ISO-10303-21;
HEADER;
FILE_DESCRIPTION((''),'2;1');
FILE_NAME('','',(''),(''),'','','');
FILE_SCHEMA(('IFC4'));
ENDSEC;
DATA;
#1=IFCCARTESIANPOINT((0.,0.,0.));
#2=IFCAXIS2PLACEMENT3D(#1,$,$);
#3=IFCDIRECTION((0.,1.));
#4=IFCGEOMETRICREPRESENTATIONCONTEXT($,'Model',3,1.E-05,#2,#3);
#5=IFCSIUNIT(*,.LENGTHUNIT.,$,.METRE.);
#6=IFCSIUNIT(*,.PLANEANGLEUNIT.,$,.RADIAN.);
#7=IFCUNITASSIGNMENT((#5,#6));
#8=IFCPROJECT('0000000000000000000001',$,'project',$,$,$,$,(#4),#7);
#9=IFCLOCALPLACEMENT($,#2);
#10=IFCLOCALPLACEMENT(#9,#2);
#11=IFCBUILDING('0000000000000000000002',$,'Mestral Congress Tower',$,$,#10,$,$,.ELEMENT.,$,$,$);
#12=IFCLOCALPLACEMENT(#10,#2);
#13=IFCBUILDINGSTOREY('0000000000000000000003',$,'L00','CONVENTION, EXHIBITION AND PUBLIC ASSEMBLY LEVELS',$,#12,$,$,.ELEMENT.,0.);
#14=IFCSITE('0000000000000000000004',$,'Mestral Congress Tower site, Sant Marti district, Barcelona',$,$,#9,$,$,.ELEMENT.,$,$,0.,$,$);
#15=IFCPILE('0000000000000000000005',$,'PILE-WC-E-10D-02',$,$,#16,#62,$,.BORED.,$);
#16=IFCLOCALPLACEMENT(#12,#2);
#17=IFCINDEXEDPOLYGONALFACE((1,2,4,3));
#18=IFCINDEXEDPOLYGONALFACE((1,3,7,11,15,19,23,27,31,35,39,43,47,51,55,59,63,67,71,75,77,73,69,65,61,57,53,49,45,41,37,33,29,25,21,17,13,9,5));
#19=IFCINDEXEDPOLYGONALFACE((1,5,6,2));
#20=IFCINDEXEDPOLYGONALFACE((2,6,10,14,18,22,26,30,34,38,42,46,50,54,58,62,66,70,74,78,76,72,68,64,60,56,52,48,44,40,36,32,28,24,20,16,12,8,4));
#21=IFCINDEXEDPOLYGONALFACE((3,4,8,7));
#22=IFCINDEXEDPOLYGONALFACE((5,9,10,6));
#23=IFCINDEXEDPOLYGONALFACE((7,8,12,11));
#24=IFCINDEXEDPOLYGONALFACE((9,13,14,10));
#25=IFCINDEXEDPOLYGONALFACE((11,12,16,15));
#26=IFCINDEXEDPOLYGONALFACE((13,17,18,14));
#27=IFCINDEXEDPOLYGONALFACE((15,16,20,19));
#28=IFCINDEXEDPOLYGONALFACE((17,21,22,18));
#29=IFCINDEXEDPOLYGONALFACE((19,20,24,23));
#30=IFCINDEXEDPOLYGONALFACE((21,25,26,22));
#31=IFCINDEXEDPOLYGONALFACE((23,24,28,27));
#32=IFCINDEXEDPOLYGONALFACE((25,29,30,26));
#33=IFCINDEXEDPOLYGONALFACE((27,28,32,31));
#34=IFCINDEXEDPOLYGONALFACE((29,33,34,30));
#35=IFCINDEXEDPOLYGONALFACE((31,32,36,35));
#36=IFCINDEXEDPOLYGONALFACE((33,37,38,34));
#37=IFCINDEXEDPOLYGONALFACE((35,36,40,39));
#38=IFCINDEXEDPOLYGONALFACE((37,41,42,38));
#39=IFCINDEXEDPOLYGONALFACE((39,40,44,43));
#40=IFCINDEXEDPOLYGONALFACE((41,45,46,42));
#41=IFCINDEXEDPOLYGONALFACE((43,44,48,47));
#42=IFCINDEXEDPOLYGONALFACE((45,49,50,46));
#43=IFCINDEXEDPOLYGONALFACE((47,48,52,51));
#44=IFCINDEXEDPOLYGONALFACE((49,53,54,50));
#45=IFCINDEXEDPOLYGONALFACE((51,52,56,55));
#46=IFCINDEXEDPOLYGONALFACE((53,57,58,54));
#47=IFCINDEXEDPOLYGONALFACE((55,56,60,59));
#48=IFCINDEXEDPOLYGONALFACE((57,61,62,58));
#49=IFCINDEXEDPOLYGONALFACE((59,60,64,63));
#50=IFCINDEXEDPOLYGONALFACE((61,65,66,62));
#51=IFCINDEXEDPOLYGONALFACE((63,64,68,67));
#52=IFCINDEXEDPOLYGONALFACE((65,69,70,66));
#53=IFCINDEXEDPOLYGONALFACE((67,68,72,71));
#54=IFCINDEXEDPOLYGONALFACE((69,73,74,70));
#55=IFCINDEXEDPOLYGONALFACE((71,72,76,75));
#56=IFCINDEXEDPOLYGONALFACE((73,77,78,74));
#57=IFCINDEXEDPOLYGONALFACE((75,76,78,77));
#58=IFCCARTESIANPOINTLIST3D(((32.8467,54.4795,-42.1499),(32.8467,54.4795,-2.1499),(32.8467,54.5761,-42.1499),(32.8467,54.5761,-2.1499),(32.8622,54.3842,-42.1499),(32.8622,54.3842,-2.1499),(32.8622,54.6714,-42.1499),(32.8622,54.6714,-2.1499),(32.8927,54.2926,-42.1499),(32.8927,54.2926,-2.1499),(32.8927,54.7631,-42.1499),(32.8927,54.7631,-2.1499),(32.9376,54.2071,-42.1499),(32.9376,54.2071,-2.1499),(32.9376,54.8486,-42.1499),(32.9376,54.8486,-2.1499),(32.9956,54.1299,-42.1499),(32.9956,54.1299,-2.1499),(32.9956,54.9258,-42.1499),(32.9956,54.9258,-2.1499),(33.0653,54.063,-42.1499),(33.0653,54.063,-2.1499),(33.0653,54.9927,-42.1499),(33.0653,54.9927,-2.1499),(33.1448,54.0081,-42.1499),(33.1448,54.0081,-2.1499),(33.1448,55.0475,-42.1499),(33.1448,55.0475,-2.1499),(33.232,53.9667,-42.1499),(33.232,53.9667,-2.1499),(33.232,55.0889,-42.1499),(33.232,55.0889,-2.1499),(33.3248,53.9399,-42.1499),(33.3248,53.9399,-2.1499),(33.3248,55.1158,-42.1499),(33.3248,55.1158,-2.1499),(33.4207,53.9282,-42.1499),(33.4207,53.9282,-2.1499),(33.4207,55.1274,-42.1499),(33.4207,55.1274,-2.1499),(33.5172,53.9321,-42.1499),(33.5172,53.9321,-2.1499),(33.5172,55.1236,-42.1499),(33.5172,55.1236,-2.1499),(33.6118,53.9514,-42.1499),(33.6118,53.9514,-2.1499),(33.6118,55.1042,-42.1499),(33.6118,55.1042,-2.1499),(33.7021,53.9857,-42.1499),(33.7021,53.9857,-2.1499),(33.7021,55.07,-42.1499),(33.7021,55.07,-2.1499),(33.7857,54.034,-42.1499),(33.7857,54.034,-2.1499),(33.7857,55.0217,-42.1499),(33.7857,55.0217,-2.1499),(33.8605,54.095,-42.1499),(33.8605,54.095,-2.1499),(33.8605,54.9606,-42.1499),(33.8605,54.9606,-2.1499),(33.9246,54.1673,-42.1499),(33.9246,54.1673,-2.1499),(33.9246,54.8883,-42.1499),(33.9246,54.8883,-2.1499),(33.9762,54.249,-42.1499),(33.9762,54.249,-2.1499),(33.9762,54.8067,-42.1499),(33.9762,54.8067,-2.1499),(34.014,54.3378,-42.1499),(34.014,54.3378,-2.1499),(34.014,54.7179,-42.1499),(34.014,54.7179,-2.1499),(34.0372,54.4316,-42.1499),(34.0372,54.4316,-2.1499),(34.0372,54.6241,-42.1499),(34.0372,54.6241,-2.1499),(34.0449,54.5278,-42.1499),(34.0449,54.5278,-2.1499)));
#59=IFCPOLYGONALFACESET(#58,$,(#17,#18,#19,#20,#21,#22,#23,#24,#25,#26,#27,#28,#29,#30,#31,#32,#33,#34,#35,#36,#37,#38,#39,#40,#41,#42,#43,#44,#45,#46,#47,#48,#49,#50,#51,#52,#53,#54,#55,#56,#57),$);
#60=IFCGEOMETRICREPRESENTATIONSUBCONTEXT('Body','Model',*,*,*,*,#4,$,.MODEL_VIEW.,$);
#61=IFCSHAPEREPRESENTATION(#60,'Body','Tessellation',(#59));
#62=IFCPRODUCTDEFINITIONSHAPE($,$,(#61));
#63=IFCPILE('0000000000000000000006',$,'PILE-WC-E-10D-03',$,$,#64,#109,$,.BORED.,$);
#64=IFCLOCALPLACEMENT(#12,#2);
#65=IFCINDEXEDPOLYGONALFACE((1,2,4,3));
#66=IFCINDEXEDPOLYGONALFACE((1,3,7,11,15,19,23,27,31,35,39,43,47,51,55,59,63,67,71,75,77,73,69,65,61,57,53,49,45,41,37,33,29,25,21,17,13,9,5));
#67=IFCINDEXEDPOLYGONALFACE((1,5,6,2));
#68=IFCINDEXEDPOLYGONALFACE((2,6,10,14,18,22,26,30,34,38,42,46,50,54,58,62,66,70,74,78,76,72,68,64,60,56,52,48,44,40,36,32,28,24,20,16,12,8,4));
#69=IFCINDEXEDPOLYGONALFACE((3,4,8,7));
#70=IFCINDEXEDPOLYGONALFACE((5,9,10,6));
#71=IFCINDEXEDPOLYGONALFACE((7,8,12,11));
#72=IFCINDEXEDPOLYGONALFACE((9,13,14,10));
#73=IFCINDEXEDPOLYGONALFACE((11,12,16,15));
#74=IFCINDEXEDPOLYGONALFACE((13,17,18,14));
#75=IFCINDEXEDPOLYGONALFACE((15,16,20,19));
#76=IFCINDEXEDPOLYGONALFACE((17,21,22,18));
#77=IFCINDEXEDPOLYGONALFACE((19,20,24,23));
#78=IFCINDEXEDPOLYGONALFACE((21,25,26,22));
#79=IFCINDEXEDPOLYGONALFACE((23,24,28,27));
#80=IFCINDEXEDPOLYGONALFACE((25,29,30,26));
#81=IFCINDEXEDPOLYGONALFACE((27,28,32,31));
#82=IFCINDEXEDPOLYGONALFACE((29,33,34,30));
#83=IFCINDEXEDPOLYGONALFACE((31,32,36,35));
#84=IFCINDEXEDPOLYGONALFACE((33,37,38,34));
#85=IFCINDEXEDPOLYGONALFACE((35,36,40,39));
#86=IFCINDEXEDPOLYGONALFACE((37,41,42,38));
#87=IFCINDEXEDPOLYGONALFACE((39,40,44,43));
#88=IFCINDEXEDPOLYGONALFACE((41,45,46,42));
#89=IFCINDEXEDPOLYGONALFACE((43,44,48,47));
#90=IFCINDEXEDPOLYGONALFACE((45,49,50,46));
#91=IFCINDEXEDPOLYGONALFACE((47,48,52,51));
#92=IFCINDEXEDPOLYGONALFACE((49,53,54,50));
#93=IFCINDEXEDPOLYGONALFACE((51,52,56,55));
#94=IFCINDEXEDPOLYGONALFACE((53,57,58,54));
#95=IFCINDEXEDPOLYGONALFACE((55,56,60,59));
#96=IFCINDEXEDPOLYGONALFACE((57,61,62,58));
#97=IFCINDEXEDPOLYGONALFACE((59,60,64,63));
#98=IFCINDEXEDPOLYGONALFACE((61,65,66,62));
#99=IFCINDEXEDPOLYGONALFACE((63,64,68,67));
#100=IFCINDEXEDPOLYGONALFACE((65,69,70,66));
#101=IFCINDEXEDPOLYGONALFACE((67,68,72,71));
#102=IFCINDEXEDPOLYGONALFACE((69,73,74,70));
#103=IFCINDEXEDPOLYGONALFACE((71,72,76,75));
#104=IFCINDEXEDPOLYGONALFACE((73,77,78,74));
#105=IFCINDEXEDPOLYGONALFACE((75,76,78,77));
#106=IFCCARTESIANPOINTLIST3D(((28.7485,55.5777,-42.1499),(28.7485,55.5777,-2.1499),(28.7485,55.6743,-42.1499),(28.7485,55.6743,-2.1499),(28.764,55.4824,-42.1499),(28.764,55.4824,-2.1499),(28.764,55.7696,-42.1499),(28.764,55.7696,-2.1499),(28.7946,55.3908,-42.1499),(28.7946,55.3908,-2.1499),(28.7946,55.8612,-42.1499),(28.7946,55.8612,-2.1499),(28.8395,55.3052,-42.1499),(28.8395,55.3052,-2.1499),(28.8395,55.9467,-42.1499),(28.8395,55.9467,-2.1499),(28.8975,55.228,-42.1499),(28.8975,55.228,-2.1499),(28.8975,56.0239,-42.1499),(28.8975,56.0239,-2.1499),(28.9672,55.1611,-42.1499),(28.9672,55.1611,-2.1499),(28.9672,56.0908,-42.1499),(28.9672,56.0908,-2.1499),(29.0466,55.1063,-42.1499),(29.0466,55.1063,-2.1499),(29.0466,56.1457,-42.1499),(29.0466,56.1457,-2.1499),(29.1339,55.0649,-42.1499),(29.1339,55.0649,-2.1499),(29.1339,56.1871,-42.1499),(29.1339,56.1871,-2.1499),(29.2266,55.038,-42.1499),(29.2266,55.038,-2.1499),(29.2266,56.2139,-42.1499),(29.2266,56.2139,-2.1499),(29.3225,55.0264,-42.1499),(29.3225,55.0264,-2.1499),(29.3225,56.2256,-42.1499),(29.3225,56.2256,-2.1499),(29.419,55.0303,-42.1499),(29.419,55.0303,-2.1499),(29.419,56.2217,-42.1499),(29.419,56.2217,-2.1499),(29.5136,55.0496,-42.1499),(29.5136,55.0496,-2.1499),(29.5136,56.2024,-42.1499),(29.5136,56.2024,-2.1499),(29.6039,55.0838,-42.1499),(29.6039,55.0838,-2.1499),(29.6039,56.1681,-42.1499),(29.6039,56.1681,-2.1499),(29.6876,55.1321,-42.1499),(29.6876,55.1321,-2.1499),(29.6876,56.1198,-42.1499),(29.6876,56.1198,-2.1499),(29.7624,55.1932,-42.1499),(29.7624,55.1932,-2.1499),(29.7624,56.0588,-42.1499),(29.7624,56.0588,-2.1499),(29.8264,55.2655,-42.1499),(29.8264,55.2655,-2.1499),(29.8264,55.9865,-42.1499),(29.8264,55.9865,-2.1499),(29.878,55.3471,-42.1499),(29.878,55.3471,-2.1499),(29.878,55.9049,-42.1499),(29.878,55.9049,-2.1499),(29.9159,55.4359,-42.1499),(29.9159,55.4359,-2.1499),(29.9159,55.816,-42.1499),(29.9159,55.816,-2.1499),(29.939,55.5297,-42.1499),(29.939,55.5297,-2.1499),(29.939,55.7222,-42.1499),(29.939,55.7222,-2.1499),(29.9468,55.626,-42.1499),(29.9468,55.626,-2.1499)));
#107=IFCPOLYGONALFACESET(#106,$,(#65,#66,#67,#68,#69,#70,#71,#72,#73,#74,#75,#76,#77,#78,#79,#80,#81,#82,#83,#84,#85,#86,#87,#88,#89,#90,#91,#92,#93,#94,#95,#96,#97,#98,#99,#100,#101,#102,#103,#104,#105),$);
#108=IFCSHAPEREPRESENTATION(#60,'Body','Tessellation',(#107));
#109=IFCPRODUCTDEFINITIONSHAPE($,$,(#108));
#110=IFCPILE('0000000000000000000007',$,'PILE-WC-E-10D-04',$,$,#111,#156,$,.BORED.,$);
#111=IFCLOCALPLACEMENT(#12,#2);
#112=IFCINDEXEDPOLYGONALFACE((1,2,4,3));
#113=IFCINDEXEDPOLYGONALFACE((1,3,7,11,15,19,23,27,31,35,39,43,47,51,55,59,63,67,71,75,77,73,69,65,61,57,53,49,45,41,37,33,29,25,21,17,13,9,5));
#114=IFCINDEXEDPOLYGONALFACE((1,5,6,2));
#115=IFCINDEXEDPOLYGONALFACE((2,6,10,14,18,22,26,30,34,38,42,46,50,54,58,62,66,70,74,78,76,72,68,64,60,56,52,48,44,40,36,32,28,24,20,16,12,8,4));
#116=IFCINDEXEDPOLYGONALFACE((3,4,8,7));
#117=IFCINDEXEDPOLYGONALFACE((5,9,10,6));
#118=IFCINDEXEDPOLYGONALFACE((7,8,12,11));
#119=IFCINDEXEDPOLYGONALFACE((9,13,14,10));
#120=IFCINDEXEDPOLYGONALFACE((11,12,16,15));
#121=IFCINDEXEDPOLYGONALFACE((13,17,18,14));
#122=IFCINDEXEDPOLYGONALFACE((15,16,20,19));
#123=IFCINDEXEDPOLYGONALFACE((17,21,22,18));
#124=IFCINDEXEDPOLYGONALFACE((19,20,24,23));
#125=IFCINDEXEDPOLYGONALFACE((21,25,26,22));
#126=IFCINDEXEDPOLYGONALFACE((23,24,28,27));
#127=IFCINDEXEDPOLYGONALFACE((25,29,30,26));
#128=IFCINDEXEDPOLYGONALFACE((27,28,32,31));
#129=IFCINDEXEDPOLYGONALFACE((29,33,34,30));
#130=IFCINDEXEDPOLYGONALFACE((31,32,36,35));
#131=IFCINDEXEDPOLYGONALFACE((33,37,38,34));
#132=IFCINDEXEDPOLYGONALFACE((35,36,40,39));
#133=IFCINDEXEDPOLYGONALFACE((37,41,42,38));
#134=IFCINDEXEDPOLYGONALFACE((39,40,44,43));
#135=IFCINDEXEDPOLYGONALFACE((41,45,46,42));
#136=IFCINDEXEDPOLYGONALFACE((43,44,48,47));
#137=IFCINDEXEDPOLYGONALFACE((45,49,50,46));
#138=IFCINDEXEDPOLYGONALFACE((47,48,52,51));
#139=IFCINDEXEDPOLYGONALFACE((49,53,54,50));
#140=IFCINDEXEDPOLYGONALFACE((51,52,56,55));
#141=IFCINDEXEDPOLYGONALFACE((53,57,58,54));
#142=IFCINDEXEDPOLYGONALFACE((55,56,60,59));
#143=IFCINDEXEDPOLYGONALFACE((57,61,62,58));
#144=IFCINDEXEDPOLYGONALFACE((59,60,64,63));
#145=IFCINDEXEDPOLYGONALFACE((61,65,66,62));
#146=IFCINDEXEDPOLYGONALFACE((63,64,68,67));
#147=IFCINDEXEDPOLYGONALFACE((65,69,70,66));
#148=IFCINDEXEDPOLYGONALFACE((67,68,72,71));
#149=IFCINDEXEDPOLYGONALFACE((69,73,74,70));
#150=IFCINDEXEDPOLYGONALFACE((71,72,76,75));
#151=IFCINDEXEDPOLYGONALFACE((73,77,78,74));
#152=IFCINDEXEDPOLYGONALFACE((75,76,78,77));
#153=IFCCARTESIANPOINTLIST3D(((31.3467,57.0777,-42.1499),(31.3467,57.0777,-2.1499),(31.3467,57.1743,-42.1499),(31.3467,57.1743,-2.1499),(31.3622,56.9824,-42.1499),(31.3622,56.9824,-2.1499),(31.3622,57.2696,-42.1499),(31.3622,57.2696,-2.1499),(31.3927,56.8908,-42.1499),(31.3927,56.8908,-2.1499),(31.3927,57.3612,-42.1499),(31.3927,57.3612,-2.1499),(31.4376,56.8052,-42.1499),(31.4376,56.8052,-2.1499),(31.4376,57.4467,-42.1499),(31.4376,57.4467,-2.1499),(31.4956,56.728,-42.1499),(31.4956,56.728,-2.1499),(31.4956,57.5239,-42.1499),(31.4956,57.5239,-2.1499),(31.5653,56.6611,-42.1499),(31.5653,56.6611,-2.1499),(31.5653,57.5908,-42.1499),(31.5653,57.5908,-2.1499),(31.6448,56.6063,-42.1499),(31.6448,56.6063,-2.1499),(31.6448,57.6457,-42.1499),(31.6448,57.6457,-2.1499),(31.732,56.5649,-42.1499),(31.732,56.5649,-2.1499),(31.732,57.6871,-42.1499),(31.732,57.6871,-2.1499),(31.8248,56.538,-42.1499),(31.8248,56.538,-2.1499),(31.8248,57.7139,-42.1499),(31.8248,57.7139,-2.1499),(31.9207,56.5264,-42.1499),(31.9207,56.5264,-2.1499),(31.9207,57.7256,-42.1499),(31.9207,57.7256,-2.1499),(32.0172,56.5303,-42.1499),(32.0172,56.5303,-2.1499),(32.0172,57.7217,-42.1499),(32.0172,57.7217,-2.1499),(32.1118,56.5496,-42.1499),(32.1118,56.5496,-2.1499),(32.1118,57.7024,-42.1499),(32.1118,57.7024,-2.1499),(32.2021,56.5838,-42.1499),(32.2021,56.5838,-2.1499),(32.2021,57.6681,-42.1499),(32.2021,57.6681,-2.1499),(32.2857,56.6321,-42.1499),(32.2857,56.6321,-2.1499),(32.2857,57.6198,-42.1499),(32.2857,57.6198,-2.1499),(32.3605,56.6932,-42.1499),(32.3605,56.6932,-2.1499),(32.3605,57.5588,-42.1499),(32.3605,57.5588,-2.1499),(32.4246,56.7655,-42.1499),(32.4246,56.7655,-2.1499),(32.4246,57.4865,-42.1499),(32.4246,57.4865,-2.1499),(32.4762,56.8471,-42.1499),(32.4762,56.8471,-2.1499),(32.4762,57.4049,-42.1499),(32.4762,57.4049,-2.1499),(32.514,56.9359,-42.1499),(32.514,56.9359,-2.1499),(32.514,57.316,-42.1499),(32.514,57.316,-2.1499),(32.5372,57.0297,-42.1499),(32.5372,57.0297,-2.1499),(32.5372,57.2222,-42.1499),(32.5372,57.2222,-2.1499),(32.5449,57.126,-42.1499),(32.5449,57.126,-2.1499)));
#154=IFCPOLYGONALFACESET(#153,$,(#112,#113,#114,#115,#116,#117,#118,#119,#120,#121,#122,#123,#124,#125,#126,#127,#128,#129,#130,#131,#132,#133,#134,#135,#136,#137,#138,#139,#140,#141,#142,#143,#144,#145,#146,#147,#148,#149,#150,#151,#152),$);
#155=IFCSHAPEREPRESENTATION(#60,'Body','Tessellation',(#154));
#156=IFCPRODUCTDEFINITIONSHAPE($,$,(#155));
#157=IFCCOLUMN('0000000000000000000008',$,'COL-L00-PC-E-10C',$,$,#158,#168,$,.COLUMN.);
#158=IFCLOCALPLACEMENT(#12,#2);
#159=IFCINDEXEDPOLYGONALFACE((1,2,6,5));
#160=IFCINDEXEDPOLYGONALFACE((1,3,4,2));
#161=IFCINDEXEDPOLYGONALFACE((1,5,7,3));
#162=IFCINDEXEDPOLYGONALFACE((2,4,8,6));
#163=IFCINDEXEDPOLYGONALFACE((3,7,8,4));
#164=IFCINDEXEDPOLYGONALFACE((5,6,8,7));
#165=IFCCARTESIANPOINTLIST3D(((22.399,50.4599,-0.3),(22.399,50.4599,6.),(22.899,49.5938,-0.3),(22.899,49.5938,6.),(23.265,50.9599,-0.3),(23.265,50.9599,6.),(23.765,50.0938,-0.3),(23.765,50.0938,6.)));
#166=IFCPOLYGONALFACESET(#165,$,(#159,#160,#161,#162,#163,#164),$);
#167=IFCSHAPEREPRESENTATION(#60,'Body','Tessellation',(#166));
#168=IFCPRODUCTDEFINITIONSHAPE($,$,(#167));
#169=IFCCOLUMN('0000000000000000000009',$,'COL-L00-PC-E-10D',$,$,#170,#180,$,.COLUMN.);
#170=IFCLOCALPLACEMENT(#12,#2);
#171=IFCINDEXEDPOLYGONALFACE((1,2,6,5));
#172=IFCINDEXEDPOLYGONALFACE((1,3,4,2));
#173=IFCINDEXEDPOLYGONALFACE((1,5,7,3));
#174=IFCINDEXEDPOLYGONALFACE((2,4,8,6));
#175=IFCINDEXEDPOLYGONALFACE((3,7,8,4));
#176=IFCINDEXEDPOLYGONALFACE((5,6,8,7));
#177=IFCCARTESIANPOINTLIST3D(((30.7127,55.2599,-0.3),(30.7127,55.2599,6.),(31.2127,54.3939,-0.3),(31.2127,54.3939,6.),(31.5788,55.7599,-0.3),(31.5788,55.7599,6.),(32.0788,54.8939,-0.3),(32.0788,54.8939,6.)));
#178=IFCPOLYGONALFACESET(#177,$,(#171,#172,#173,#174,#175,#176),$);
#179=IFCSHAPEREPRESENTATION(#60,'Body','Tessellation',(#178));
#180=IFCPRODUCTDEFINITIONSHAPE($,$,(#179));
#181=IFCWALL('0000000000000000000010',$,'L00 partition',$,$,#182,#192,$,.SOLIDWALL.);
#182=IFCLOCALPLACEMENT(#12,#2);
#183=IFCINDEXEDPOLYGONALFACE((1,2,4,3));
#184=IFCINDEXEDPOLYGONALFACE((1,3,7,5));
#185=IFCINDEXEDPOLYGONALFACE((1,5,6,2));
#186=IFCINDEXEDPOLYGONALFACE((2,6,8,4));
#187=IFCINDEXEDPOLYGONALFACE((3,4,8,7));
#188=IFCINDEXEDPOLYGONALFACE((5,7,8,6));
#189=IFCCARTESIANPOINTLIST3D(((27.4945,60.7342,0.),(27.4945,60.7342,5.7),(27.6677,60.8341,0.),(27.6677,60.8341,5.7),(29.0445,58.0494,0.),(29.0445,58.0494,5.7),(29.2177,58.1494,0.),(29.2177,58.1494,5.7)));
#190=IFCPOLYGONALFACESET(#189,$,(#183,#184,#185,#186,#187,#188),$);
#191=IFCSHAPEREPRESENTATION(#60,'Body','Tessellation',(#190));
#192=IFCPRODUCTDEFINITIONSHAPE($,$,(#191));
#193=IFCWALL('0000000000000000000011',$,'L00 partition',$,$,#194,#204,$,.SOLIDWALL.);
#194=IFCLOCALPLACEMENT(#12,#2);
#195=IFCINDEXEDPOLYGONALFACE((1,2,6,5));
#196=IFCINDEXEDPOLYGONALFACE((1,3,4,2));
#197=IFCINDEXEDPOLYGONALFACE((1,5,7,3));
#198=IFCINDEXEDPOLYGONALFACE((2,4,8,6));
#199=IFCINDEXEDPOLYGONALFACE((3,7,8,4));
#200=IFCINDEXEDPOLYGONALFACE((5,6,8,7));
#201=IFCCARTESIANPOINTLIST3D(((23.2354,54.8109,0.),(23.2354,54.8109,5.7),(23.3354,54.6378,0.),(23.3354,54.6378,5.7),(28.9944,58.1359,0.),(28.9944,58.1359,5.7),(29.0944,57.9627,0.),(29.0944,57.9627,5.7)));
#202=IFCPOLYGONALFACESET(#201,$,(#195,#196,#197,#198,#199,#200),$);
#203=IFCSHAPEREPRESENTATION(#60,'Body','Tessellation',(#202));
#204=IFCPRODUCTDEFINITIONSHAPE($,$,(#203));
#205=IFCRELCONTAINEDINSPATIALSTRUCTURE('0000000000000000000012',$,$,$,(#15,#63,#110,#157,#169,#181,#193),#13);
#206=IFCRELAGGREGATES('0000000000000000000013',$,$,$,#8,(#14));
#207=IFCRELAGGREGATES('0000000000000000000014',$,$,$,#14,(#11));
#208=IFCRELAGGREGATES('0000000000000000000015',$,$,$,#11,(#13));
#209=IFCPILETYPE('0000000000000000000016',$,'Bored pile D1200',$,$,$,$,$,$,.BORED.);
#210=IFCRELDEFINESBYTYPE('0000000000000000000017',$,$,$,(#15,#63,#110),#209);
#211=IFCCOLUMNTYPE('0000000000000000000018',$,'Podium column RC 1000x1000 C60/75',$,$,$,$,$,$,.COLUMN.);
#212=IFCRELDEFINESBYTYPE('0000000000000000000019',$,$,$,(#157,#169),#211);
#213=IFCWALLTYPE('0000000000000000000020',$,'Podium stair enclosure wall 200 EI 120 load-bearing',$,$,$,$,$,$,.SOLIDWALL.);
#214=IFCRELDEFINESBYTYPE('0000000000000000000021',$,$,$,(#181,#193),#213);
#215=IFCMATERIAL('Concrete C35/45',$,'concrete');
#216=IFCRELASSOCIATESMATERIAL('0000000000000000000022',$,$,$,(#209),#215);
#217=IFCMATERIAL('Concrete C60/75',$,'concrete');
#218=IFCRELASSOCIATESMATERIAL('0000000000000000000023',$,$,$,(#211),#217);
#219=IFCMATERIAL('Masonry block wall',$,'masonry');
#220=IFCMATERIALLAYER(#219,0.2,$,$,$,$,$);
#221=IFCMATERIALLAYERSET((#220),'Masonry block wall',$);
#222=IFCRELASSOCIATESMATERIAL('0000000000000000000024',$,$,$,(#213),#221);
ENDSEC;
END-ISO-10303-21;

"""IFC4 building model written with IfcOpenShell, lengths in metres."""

from ifc_helpers import new_model, si_unit, direction, frame, frame_2d, origin, origin_2d, place, context, subcontext, project, spatial, rectangle, circle, extrude, material, layer, layer_set, material_profile, profile_set, type_object, element, save


model = new_model("IFC4")

# Units and contexts
model_context = context("Model", 3, precision=1e-05, world=origin(), true_north=direction((0.0, 1.0)))
body_context = subcontext(model_context, "Body", "Model", "MODEL_VIEW")
ifc_project = project(units=[si_unit("LENGTHUNIT", "METRE"), si_unit("PLANEANGLEUNIT", "RADIAN")], contexts=[model_context])

# Site, building, storey
site_placement = place(None, origin())
site = spatial("IfcSite", under=ifc_project, at=site_placement, Name="Mestral Congress Tower site, Sant Marti district, Barcelona", CompositionType="ELEMENT", RefElevation=0.0)
building_placement = place(site_placement, origin())
building = spatial("IfcBuilding", under=site, at=building_placement, Name="Mestral Congress Tower", CompositionType="ELEMENT")
storey_placement = place(building_placement, origin())
storey = spatial("IfcBuildingStorey", under=building, at=storey_placement, Name="L00", Description="CONVENTION, EXHIBITION AND PUBLIC ASSEMBLY LEVELS", CompositionType="ELEMENT", Elevation=0.0)

# Piles
ifc_material_1 = material(Name="Concrete C35/45", Category="concrete")
ifc_material_profile_1 = material_profile(ifc_material_1, circle(Radius=0.6001, at=origin_2d()), Name="D1200")
ifc_profile_set_1 = profile_set([ifc_material_profile_1], Name="Concrete C35/45")
pile_type = type_object("IfcPileType", Name="Bored pile D1200", PredefinedType="BORED", material=ifc_profile_set_1)
for number, where, z_axis, x_axis, name in (
    (1, (33.4448, 54.5278, -2.1499), (0.0, 0.0, -1.0), (1.0, 0.0, 0.0), "PILE-WC-E-10D-02"),
    (2, (29.3467, 55.626, -2.1499), (0.0, 0.0, -1.0), (1.0, 0.0, 0.0), "PILE-WC-E-10D-03"),
    (3, (31.9448, 57.126, -2.1499), (0.0, 0.0, -1.0), (1.0, 0.0, 0.0), "PILE-WC-E-10D-04"),
):
    element("IfcPile", number, at=place(storey_placement, frame(where, z_axis=z_axis, x_axis=x_axis)), inside=storey, type_object=pile_type, Name=name, PredefinedType="BORED", context=body_context, shape_type="SweptSolid", body=[
        extrude(circle(Radius=0.6001, at=origin_2d()), origin(), (0.0, 0.0, 1.0), 40.0),
    ])

# Columns
ifc_material_2 = material(Name="Concrete C60/75", Category="concrete")
ifc_material_profile_2 = material_profile(ifc_material_2, rectangle(XDim=1.0, YDim=1.0, at=origin_2d()), Name="RC 1000x1000")
ifc_profile_set_2 = profile_set([ifc_material_profile_2], Name="Concrete C60/75")
column_type = type_object("IfcColumnType", Name="Podium column RC 1000x1000 C60/75", PredefinedType="COLUMN", material=ifc_profile_set_2)
for number, where, z_axis, x_axis, name in (
    (4, (23.082, 50.2769, -0.3), (0.0, 0.0, 1.0), (-0.5, 0.866025, 0.0), "COL-L00-PC-E-10C"),
    (5, (31.3958, 55.0769, -0.3), (0.0, 0.0, 1.0), (-0.5, 0.866025, 0.0), "COL-L00-PC-E-10D"),
):
    element("IfcColumn", number, at=place(storey_placement, frame(where, z_axis=z_axis, x_axis=x_axis)), inside=storey, type_object=column_type, Name=name, PredefinedType="COLUMN", context=body_context, shape_type="SweptSolid", body=[
        extrude(rectangle(XDim=1.0, YDim=1.0, at=origin_2d()), origin(), (0.0, 0.0, 1.0), 6.3),
    ])

# Walls
ifc_material_3 = material(Name="Masonry block wall", Category="masonry")
ifc_layer_1 = layer(ifc_material_3, 0.2)
ifc_layer_set_1 = layer_set([ifc_layer_1], Name="Masonry block wall")
wall_type_1 = type_object("IfcWallType", Name="Podium stair enclosure wall 200 EI 120 load-bearing", PredefinedType="SOLIDWALL", material=ifc_layer_set_1)
wall_1_placement = place(storey_placement, frame((29.1311, 58.0994, 0.0), z_axis=(0.0, 0.0, 1.0), x_axis=(-0.499993, 0.86603, 0.0)))
element("IfcWall", 6, at=wall_1_placement, inside=storey, type_object=wall_type_1, Name="L00 partition", PredefinedType="SOLIDWALL", context=body_context, shape_type="SweptSolid", body=[
    extrude(rectangle(XDim=3.1001, YDim=0.2, at=frame_2d((1.55, 0.0))), origin(), (0.0, 0.0, 1.0), 5.7),
])
wall_2_placement = place(storey_placement, frame((23.2854, 54.7244, 0.0), z_axis=(0.0, 0.0, 1.0), x_axis=(0.866027, 0.499997, 0.0)))
element("IfcWall", 7, at=wall_2_placement, inside=storey, type_object=wall_type_1, Name="L00 partition", PredefinedType="SOLIDWALL", context=body_context, shape_type="SweptSolid", body=[
    extrude(rectangle(XDim=6.6499, YDim=0.2, at=frame_2d((3.325, 0.0))), origin(), (0.0, 0.0, 1.0), 5.7),
])

save(model, "model.ifc")
